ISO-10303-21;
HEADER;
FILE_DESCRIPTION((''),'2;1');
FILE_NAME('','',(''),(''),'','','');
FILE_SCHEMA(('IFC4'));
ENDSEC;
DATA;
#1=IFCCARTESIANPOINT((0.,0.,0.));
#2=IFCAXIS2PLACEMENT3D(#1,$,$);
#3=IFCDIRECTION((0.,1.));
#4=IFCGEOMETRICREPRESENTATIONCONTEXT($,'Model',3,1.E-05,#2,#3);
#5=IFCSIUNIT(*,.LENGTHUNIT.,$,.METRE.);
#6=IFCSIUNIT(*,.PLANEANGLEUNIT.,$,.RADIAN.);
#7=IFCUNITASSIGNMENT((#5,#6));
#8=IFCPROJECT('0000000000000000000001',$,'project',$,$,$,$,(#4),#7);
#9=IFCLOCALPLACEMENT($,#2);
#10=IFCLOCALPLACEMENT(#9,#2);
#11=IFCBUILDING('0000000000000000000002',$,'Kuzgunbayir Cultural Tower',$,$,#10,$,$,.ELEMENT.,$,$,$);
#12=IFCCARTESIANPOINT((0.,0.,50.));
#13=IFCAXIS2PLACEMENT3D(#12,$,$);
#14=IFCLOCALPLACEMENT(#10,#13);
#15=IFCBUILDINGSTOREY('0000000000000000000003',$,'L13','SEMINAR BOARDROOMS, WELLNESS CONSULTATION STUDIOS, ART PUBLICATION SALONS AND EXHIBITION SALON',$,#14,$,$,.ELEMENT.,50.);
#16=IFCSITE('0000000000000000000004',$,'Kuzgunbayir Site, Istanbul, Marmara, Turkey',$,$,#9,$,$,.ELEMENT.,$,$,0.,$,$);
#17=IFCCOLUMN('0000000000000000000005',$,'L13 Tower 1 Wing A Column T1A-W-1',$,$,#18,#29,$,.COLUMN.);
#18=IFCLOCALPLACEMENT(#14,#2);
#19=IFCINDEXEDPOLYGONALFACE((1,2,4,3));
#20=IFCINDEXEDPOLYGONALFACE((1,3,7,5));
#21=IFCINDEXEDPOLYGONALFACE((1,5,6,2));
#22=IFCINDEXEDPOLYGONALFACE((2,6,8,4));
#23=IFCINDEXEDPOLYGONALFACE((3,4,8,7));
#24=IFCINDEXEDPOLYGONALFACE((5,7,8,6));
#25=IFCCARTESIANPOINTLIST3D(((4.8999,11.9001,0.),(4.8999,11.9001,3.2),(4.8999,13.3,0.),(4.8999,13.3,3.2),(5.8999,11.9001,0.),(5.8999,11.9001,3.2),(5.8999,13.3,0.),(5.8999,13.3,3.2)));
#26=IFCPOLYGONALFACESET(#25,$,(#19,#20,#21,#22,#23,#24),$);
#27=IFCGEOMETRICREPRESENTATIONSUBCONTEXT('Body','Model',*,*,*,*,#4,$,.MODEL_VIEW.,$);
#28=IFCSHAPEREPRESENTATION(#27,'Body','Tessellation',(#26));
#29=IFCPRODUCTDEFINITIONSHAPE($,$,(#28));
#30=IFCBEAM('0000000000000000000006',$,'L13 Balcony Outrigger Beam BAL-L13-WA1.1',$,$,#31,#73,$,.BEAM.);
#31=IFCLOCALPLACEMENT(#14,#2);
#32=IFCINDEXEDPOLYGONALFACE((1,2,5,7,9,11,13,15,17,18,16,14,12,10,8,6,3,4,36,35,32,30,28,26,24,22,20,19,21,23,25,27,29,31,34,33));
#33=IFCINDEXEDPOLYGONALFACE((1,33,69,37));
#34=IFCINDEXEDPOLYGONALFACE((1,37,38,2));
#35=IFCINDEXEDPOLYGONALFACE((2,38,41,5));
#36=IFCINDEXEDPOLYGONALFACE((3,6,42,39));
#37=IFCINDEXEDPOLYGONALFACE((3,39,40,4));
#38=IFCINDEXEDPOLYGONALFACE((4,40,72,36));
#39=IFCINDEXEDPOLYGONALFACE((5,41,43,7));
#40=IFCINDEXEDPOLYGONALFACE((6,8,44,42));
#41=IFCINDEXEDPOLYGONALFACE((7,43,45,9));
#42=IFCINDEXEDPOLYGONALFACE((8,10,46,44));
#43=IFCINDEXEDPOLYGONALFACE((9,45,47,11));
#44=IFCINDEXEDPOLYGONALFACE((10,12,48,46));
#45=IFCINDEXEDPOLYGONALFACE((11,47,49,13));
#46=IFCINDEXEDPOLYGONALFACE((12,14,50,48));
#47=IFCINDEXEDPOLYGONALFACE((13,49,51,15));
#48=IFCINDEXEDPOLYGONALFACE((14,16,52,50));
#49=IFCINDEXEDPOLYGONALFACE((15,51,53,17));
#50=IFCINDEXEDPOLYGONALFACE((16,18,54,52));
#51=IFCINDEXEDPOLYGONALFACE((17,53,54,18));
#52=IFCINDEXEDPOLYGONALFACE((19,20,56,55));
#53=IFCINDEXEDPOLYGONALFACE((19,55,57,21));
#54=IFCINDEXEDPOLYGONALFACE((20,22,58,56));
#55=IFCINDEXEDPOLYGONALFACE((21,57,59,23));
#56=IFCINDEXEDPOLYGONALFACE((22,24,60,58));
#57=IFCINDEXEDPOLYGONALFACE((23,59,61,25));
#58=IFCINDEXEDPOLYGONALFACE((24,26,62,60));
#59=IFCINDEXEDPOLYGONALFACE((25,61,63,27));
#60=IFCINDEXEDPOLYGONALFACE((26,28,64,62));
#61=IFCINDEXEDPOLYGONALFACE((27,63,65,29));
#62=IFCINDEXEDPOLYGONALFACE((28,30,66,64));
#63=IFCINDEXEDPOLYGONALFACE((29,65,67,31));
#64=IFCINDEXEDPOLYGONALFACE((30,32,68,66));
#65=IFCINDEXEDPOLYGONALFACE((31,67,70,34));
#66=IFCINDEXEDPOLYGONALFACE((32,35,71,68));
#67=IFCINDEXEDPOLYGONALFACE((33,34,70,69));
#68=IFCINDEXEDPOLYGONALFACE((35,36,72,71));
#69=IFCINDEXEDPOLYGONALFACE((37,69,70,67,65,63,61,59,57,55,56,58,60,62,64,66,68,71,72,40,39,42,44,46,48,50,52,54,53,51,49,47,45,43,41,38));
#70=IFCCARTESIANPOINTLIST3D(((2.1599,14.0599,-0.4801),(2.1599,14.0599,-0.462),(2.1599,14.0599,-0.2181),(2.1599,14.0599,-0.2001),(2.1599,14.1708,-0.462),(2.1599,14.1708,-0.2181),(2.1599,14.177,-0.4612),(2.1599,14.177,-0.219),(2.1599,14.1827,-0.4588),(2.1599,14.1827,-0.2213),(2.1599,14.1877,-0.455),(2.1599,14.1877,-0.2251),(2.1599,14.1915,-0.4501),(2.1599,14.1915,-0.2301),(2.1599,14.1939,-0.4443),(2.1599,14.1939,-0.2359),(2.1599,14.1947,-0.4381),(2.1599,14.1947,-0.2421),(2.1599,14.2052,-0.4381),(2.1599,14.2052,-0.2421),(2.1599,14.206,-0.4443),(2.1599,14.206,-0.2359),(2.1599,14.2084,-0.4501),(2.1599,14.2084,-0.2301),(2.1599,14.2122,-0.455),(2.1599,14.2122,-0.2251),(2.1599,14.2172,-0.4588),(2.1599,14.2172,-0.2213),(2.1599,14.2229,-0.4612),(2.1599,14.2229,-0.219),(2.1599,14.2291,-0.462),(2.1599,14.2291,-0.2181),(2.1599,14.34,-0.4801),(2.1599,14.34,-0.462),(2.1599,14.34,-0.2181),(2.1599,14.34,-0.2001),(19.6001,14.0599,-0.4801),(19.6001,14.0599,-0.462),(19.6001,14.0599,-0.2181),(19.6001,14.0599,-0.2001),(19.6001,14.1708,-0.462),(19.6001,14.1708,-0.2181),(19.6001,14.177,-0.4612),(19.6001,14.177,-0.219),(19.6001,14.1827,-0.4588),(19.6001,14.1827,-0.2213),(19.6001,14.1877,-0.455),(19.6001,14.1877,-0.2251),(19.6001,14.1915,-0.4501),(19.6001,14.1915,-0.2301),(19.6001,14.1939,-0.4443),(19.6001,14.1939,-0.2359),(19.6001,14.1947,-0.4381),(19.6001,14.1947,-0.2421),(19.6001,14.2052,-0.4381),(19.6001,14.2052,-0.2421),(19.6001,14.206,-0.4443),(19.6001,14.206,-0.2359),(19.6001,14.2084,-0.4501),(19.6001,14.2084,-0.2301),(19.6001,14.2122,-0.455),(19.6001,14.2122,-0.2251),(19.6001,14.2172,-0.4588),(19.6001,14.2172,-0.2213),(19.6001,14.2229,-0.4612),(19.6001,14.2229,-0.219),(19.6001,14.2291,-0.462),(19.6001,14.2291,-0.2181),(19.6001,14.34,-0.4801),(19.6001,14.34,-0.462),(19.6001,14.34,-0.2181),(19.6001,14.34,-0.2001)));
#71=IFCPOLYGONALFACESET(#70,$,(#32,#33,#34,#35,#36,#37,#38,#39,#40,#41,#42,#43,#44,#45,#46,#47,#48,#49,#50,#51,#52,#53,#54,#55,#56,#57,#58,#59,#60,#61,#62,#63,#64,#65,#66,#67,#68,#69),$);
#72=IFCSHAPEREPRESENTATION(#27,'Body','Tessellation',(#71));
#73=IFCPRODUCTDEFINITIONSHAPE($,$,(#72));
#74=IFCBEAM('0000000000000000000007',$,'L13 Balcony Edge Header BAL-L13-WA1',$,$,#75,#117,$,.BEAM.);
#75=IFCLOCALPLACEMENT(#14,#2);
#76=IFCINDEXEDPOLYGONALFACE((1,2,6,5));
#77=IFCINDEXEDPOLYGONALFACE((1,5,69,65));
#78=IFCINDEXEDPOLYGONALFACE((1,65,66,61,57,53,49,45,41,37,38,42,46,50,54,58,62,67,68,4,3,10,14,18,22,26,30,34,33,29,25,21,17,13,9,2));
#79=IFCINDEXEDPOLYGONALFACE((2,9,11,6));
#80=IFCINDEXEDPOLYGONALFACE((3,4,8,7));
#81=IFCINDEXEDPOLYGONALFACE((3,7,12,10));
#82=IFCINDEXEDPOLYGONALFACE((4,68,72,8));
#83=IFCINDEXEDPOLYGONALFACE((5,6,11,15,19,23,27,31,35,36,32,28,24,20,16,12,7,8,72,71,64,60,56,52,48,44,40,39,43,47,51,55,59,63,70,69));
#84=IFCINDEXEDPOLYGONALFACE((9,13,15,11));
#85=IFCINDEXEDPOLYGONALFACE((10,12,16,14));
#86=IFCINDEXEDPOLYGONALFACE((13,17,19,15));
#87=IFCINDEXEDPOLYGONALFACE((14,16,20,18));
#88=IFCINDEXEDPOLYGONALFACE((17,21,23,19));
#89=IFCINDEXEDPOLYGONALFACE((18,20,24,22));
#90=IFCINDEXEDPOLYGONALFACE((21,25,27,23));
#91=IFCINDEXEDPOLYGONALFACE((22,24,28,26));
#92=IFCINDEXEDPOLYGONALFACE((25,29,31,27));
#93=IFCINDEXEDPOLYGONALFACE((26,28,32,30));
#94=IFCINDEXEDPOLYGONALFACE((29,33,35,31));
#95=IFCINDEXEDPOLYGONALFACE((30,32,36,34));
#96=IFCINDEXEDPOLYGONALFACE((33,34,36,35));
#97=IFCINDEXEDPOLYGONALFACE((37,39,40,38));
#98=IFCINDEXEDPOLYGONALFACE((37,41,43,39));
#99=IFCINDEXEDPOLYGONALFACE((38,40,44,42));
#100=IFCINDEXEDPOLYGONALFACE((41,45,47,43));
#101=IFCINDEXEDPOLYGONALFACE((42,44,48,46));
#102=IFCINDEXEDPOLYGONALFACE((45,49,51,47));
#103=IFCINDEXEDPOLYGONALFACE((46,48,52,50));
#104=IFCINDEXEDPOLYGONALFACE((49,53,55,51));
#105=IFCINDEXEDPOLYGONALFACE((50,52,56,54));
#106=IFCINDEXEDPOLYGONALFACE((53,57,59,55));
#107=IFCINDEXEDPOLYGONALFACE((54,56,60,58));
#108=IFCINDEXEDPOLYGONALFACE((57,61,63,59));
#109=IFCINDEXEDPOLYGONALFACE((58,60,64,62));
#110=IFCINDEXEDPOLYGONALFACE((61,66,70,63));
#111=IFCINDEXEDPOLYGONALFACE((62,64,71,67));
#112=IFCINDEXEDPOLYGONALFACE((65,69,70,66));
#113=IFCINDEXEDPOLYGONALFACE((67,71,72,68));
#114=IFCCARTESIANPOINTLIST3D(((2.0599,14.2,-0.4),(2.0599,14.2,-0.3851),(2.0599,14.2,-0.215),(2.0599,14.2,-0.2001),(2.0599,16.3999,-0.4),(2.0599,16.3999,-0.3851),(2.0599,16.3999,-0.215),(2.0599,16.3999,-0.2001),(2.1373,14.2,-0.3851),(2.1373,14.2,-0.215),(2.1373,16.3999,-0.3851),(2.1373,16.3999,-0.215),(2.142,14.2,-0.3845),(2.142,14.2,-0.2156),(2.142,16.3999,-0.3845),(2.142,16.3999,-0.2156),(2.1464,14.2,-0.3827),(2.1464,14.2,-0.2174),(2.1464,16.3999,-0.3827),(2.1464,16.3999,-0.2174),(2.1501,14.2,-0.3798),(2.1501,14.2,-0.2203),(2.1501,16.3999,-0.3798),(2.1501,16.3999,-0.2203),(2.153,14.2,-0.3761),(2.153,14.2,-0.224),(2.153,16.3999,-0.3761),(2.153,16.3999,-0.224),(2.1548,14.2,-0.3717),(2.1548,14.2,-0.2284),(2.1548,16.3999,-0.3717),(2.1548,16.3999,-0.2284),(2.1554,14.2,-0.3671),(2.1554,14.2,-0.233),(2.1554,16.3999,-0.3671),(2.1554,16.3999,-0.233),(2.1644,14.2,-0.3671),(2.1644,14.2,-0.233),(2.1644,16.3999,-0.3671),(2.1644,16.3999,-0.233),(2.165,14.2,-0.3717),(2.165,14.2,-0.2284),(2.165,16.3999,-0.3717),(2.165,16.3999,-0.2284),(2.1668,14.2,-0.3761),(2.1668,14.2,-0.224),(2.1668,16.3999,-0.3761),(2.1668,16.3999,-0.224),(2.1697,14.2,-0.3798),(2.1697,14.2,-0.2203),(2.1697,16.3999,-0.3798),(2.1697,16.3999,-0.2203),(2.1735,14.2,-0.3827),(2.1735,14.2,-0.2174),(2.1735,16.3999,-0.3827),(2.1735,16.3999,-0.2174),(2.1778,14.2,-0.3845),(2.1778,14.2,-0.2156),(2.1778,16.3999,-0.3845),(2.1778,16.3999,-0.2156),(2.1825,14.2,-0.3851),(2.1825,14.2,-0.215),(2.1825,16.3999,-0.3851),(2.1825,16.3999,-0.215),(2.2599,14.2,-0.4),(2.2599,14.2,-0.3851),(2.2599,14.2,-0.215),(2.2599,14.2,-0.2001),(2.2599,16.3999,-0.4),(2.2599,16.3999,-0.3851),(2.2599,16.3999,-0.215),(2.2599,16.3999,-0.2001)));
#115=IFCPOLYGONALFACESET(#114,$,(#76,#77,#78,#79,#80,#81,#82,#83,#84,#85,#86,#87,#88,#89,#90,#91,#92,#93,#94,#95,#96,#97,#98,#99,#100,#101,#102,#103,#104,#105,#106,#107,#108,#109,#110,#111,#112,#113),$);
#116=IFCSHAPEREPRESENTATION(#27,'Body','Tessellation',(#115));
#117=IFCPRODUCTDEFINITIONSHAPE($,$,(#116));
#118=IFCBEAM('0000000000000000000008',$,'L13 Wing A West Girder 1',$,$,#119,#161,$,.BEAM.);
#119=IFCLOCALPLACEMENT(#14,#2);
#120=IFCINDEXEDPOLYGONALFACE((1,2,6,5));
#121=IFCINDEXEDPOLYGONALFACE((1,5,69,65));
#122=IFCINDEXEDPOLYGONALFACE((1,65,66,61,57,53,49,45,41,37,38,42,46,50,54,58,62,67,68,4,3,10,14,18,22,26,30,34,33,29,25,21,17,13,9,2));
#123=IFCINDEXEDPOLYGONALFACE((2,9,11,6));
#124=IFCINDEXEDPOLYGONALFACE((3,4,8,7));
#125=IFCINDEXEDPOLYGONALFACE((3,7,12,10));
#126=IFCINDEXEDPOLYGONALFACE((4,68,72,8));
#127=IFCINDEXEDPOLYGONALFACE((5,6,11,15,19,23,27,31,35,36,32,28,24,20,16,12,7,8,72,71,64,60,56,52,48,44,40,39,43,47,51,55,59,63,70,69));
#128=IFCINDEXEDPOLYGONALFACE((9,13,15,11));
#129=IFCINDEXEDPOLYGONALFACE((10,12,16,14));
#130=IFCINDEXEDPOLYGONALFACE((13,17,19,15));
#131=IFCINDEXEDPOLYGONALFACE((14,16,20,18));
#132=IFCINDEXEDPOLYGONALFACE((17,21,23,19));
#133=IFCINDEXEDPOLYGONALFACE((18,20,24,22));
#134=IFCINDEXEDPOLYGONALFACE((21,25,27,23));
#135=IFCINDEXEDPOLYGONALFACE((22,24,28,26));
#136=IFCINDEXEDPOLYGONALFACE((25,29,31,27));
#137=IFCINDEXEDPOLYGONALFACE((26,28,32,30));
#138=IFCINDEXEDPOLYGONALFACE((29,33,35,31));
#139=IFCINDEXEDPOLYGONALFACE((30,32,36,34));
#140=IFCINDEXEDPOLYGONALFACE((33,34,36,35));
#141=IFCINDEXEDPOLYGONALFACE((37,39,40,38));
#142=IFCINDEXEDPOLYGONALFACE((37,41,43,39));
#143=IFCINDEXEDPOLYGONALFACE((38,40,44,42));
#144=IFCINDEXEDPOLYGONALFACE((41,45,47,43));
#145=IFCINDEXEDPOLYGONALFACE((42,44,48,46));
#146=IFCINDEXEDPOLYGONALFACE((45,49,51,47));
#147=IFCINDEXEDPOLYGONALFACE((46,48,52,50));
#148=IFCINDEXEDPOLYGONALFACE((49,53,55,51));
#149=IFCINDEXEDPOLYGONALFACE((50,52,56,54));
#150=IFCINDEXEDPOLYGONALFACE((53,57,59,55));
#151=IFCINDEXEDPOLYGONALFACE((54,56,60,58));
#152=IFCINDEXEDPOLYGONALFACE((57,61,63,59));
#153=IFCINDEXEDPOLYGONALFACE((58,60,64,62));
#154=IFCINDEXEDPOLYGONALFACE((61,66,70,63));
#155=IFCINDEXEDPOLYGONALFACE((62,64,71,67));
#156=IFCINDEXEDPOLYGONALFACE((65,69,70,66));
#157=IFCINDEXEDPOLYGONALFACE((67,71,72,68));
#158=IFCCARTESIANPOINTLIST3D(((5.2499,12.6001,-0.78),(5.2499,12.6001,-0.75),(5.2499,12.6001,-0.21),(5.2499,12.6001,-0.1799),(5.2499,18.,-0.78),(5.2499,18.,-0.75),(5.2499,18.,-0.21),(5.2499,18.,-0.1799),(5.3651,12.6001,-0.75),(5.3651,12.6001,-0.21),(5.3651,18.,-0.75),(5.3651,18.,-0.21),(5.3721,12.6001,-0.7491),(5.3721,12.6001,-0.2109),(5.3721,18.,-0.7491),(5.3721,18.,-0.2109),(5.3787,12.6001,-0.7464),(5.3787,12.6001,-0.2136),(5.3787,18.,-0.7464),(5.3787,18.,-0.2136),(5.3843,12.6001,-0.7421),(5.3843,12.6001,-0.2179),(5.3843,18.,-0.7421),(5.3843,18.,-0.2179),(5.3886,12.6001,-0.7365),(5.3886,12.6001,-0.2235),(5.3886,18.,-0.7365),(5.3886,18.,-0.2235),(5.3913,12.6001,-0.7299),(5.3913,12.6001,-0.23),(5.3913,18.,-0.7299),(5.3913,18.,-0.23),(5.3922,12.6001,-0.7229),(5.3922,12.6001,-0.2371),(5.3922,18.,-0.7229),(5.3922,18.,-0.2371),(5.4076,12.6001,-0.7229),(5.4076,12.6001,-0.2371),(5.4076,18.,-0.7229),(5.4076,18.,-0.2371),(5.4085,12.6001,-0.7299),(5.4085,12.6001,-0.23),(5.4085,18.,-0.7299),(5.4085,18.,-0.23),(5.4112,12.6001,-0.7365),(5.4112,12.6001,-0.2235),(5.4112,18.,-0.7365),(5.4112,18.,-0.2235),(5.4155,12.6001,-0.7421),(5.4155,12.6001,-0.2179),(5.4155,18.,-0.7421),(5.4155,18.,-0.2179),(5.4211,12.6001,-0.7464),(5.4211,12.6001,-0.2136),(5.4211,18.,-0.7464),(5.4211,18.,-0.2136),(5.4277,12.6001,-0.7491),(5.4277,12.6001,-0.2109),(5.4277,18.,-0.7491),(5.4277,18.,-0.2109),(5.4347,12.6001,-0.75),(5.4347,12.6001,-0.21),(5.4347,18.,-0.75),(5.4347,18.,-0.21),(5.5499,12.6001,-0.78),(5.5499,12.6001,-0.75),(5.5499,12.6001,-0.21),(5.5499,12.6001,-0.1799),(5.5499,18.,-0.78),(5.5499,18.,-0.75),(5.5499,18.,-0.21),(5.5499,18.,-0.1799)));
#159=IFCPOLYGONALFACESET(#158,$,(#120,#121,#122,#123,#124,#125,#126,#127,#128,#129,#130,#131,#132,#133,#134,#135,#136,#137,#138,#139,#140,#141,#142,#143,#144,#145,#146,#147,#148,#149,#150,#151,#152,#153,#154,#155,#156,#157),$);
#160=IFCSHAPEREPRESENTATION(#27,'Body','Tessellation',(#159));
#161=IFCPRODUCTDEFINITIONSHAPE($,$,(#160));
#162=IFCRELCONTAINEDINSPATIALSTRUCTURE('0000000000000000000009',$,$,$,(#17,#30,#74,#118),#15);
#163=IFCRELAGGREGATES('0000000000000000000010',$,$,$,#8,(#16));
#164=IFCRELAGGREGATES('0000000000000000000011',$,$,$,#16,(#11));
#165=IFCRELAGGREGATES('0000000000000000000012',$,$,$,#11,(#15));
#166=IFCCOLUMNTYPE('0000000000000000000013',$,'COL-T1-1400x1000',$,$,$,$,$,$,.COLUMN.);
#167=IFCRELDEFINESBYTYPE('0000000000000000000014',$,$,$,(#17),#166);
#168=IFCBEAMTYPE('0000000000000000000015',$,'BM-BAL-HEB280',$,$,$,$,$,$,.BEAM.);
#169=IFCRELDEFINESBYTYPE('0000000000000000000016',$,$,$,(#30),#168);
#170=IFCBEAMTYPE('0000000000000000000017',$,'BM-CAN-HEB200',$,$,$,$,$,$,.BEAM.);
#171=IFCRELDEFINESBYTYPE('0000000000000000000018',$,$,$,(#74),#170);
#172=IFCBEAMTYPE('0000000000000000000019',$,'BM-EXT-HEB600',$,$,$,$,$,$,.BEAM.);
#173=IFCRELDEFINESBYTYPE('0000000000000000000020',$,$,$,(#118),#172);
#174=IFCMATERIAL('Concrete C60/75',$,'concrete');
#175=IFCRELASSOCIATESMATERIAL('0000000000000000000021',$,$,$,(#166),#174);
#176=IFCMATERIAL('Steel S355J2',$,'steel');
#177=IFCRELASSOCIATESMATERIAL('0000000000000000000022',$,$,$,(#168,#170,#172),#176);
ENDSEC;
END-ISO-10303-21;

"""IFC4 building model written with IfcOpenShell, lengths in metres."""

from ifc_helpers import new_model, si_unit, direction, frame, origin, origin_2d, place, context, subcontext, project, spatial, rectangle, i_section, extrude, material, material_profile, profile_set, type_object, element, save


model = new_model("IFC4")

# Units and contexts
model_context = context("Model", 3, precision=1e-05, world=origin(), true_north=direction((0.0, 1.0)))
body_context = subcontext(model_context, "Body", "Model", "MODEL_VIEW")
ifc_project = project(units=[si_unit("LENGTHUNIT", "METRE"), si_unit("PLANEANGLEUNIT", "RADIAN")], contexts=[model_context])

# Site, building, storey
site_placement = place(None, origin())
site = spatial("IfcSite", under=ifc_project, at=site_placement, Name="Kuzgunbayir Site, Istanbul, Marmara, Turkey", CompositionType="ELEMENT", RefElevation=0.0)
building_placement = place(site_placement, origin())
building = spatial("IfcBuilding", under=site, at=building_placement, Name="Kuzgunbayir Cultural Tower", CompositionType="ELEMENT")
storey_placement = place(building_placement, frame((0.0, 0.0, 50.0)))
storey = spatial("IfcBuildingStorey", under=building, at=storey_placement, Name="L13", Description="SEMINAR BOARDROOMS, WELLNESS CONSULTATION STUDIOS, ART PUBLICATION SALONS AND EXHIBITION SALON", CompositionType="ELEMENT", Elevation=50.0)

# Column
ifc_material_1 = material(Name="Concrete C60/75", Category="concrete")
ifc_material_profile_1 = material_profile(ifc_material_1, rectangle(XDim=1.0, YDim=1.3999, at=origin_2d()), Name="RC 1400x1000")
ifc_profile_set_1 = profile_set([ifc_material_profile_1], Name="Concrete C60/75")
column_type = type_object("IfcColumnType", Name="COL-T1-1400x1000", PredefinedType="COLUMN", material=ifc_profile_set_1)
column_placement = place(storey_placement, frame((5.3999, 12.6001, 0.0), z_axis=(0.0, 0.0, 1.0), x_axis=(1.0, 0.0, 0.0)))
element("IfcColumn", 1, at=column_placement, inside=storey, type_object=column_type, Name="L13 Tower 1 Wing A Column T1A-W-1", PredefinedType="COLUMN", context=body_context, shape_type="SweptSolid", body=[
    extrude(rectangle(XDim=1.0, YDim=1.3999, at=origin_2d()), origin(), (0.0, 0.0, 1.0), 3.2),
])

# Beams
ifc_material_2 = material(Name="Steel S355J2", Category="steel")
ifc_material_profile_2 = material_profile(ifc_material_2, i_section(OverallWidth=0.28, OverallDepth=0.28, WebThickness=0.0105, FlangeThickness=0.0181, FilletRadius=0.0239, at=origin_2d()), Name="HEB 280")
ifc_profile_set_2 = profile_set([ifc_material_profile_2], Name="Steel S355J2")
beam_type_1 = type_object("IfcBeamType", Name="BM-BAL-HEB280", PredefinedType="BEAM", material=ifc_profile_set_2)
beam_1_placement = place(storey_placement, frame((2.1599, 14.2, -0.3401), z_axis=(1.0, 0.0, 0.0), x_axis=(0.0, 1.0, 0.0)))
element("IfcBeam", 2, at=beam_1_placement, inside=storey, type_object=beam_type_1, Name="L13 Balcony Outrigger Beam BAL-L13-WA1.1", PredefinedType="BEAM", context=body_context, shape_type="SweptSolid", body=[
    extrude(i_section(OverallWidth=0.28, OverallDepth=0.28, WebThickness=0.0105, FlangeThickness=0.0181, FilletRadius=0.0239, at=origin_2d()), origin(), (0.0, 0.0, 1.0), 17.4402),
])
ifc_material_profile_3 = material_profile(ifc_material_2, i_section(OverallWidth=0.2, OverallDepth=0.2, WebThickness=0.009, FlangeThickness=0.0149, FilletRadius=0.0181, at=origin_2d()), Name="HEB 200")
ifc_profile_set_3 = profile_set([ifc_material_profile_3], Name="Steel S355J2")
beam_type_2 = type_object("IfcBeamType", Name="BM-CAN-HEB200", PredefinedType="BEAM", material=ifc_profile_set_3)
beam_2_placement = place(storey_placement, frame((2.1599, 14.2, -0.3), z_axis=(0.0, 1.0, 0.0), x_axis=(-1.0, 0.0, 0.0)))
element("IfcBeam", 3, at=beam_2_placement, inside=storey, type_object=beam_type_2, Name="L13 Balcony Edge Header BAL-L13-WA1", PredefinedType="BEAM", context=body_context, shape_type="SweptSolid", body=[
    extrude(i_section(OverallWidth=0.2, OverallDepth=0.2, WebThickness=0.009, FlangeThickness=0.0149, FilletRadius=0.0181, at=origin_2d()), origin(), (0.0, 0.0, 1.0), 2.2),
])
ifc_material_profile_4 = material_profile(ifc_material_2, i_section(OverallWidth=0.3, OverallDepth=0.6001, WebThickness=0.0154, FlangeThickness=0.03, FilletRadius=0.0271, at=origin_2d()), Name="HEB 600")
ifc_profile_set_4 = profile_set([ifc_material_profile_4], Name="Steel S355J2")
beam_type_3 = type_object("IfcBeamType", Name="BM-EXT-HEB600", PredefinedType="BEAM", material=ifc_profile_set_4)
beam_3_placement = place(storey_placement, frame((5.3999, 12.6001, -0.48), z_axis=(0.0, 1.0, 0.0), x_axis=(-1.0, 0.0, 0.0)))
element("IfcBeam", 4, at=beam_3_placement, inside=storey, type_object=beam_type_3, Name="L13 Wing A West Girder 1", PredefinedType="BEAM", context=body_context, shape_type="SweptSolid", body=[
    extrude(i_section(OverallWidth=0.3, OverallDepth=0.6001, WebThickness=0.0154, FlangeThickness=0.03, FilletRadius=0.0271, at=origin_2d()), origin(), (0.0, 0.0, 1.0), 5.3999),
])

save(model, "model.ifc")
